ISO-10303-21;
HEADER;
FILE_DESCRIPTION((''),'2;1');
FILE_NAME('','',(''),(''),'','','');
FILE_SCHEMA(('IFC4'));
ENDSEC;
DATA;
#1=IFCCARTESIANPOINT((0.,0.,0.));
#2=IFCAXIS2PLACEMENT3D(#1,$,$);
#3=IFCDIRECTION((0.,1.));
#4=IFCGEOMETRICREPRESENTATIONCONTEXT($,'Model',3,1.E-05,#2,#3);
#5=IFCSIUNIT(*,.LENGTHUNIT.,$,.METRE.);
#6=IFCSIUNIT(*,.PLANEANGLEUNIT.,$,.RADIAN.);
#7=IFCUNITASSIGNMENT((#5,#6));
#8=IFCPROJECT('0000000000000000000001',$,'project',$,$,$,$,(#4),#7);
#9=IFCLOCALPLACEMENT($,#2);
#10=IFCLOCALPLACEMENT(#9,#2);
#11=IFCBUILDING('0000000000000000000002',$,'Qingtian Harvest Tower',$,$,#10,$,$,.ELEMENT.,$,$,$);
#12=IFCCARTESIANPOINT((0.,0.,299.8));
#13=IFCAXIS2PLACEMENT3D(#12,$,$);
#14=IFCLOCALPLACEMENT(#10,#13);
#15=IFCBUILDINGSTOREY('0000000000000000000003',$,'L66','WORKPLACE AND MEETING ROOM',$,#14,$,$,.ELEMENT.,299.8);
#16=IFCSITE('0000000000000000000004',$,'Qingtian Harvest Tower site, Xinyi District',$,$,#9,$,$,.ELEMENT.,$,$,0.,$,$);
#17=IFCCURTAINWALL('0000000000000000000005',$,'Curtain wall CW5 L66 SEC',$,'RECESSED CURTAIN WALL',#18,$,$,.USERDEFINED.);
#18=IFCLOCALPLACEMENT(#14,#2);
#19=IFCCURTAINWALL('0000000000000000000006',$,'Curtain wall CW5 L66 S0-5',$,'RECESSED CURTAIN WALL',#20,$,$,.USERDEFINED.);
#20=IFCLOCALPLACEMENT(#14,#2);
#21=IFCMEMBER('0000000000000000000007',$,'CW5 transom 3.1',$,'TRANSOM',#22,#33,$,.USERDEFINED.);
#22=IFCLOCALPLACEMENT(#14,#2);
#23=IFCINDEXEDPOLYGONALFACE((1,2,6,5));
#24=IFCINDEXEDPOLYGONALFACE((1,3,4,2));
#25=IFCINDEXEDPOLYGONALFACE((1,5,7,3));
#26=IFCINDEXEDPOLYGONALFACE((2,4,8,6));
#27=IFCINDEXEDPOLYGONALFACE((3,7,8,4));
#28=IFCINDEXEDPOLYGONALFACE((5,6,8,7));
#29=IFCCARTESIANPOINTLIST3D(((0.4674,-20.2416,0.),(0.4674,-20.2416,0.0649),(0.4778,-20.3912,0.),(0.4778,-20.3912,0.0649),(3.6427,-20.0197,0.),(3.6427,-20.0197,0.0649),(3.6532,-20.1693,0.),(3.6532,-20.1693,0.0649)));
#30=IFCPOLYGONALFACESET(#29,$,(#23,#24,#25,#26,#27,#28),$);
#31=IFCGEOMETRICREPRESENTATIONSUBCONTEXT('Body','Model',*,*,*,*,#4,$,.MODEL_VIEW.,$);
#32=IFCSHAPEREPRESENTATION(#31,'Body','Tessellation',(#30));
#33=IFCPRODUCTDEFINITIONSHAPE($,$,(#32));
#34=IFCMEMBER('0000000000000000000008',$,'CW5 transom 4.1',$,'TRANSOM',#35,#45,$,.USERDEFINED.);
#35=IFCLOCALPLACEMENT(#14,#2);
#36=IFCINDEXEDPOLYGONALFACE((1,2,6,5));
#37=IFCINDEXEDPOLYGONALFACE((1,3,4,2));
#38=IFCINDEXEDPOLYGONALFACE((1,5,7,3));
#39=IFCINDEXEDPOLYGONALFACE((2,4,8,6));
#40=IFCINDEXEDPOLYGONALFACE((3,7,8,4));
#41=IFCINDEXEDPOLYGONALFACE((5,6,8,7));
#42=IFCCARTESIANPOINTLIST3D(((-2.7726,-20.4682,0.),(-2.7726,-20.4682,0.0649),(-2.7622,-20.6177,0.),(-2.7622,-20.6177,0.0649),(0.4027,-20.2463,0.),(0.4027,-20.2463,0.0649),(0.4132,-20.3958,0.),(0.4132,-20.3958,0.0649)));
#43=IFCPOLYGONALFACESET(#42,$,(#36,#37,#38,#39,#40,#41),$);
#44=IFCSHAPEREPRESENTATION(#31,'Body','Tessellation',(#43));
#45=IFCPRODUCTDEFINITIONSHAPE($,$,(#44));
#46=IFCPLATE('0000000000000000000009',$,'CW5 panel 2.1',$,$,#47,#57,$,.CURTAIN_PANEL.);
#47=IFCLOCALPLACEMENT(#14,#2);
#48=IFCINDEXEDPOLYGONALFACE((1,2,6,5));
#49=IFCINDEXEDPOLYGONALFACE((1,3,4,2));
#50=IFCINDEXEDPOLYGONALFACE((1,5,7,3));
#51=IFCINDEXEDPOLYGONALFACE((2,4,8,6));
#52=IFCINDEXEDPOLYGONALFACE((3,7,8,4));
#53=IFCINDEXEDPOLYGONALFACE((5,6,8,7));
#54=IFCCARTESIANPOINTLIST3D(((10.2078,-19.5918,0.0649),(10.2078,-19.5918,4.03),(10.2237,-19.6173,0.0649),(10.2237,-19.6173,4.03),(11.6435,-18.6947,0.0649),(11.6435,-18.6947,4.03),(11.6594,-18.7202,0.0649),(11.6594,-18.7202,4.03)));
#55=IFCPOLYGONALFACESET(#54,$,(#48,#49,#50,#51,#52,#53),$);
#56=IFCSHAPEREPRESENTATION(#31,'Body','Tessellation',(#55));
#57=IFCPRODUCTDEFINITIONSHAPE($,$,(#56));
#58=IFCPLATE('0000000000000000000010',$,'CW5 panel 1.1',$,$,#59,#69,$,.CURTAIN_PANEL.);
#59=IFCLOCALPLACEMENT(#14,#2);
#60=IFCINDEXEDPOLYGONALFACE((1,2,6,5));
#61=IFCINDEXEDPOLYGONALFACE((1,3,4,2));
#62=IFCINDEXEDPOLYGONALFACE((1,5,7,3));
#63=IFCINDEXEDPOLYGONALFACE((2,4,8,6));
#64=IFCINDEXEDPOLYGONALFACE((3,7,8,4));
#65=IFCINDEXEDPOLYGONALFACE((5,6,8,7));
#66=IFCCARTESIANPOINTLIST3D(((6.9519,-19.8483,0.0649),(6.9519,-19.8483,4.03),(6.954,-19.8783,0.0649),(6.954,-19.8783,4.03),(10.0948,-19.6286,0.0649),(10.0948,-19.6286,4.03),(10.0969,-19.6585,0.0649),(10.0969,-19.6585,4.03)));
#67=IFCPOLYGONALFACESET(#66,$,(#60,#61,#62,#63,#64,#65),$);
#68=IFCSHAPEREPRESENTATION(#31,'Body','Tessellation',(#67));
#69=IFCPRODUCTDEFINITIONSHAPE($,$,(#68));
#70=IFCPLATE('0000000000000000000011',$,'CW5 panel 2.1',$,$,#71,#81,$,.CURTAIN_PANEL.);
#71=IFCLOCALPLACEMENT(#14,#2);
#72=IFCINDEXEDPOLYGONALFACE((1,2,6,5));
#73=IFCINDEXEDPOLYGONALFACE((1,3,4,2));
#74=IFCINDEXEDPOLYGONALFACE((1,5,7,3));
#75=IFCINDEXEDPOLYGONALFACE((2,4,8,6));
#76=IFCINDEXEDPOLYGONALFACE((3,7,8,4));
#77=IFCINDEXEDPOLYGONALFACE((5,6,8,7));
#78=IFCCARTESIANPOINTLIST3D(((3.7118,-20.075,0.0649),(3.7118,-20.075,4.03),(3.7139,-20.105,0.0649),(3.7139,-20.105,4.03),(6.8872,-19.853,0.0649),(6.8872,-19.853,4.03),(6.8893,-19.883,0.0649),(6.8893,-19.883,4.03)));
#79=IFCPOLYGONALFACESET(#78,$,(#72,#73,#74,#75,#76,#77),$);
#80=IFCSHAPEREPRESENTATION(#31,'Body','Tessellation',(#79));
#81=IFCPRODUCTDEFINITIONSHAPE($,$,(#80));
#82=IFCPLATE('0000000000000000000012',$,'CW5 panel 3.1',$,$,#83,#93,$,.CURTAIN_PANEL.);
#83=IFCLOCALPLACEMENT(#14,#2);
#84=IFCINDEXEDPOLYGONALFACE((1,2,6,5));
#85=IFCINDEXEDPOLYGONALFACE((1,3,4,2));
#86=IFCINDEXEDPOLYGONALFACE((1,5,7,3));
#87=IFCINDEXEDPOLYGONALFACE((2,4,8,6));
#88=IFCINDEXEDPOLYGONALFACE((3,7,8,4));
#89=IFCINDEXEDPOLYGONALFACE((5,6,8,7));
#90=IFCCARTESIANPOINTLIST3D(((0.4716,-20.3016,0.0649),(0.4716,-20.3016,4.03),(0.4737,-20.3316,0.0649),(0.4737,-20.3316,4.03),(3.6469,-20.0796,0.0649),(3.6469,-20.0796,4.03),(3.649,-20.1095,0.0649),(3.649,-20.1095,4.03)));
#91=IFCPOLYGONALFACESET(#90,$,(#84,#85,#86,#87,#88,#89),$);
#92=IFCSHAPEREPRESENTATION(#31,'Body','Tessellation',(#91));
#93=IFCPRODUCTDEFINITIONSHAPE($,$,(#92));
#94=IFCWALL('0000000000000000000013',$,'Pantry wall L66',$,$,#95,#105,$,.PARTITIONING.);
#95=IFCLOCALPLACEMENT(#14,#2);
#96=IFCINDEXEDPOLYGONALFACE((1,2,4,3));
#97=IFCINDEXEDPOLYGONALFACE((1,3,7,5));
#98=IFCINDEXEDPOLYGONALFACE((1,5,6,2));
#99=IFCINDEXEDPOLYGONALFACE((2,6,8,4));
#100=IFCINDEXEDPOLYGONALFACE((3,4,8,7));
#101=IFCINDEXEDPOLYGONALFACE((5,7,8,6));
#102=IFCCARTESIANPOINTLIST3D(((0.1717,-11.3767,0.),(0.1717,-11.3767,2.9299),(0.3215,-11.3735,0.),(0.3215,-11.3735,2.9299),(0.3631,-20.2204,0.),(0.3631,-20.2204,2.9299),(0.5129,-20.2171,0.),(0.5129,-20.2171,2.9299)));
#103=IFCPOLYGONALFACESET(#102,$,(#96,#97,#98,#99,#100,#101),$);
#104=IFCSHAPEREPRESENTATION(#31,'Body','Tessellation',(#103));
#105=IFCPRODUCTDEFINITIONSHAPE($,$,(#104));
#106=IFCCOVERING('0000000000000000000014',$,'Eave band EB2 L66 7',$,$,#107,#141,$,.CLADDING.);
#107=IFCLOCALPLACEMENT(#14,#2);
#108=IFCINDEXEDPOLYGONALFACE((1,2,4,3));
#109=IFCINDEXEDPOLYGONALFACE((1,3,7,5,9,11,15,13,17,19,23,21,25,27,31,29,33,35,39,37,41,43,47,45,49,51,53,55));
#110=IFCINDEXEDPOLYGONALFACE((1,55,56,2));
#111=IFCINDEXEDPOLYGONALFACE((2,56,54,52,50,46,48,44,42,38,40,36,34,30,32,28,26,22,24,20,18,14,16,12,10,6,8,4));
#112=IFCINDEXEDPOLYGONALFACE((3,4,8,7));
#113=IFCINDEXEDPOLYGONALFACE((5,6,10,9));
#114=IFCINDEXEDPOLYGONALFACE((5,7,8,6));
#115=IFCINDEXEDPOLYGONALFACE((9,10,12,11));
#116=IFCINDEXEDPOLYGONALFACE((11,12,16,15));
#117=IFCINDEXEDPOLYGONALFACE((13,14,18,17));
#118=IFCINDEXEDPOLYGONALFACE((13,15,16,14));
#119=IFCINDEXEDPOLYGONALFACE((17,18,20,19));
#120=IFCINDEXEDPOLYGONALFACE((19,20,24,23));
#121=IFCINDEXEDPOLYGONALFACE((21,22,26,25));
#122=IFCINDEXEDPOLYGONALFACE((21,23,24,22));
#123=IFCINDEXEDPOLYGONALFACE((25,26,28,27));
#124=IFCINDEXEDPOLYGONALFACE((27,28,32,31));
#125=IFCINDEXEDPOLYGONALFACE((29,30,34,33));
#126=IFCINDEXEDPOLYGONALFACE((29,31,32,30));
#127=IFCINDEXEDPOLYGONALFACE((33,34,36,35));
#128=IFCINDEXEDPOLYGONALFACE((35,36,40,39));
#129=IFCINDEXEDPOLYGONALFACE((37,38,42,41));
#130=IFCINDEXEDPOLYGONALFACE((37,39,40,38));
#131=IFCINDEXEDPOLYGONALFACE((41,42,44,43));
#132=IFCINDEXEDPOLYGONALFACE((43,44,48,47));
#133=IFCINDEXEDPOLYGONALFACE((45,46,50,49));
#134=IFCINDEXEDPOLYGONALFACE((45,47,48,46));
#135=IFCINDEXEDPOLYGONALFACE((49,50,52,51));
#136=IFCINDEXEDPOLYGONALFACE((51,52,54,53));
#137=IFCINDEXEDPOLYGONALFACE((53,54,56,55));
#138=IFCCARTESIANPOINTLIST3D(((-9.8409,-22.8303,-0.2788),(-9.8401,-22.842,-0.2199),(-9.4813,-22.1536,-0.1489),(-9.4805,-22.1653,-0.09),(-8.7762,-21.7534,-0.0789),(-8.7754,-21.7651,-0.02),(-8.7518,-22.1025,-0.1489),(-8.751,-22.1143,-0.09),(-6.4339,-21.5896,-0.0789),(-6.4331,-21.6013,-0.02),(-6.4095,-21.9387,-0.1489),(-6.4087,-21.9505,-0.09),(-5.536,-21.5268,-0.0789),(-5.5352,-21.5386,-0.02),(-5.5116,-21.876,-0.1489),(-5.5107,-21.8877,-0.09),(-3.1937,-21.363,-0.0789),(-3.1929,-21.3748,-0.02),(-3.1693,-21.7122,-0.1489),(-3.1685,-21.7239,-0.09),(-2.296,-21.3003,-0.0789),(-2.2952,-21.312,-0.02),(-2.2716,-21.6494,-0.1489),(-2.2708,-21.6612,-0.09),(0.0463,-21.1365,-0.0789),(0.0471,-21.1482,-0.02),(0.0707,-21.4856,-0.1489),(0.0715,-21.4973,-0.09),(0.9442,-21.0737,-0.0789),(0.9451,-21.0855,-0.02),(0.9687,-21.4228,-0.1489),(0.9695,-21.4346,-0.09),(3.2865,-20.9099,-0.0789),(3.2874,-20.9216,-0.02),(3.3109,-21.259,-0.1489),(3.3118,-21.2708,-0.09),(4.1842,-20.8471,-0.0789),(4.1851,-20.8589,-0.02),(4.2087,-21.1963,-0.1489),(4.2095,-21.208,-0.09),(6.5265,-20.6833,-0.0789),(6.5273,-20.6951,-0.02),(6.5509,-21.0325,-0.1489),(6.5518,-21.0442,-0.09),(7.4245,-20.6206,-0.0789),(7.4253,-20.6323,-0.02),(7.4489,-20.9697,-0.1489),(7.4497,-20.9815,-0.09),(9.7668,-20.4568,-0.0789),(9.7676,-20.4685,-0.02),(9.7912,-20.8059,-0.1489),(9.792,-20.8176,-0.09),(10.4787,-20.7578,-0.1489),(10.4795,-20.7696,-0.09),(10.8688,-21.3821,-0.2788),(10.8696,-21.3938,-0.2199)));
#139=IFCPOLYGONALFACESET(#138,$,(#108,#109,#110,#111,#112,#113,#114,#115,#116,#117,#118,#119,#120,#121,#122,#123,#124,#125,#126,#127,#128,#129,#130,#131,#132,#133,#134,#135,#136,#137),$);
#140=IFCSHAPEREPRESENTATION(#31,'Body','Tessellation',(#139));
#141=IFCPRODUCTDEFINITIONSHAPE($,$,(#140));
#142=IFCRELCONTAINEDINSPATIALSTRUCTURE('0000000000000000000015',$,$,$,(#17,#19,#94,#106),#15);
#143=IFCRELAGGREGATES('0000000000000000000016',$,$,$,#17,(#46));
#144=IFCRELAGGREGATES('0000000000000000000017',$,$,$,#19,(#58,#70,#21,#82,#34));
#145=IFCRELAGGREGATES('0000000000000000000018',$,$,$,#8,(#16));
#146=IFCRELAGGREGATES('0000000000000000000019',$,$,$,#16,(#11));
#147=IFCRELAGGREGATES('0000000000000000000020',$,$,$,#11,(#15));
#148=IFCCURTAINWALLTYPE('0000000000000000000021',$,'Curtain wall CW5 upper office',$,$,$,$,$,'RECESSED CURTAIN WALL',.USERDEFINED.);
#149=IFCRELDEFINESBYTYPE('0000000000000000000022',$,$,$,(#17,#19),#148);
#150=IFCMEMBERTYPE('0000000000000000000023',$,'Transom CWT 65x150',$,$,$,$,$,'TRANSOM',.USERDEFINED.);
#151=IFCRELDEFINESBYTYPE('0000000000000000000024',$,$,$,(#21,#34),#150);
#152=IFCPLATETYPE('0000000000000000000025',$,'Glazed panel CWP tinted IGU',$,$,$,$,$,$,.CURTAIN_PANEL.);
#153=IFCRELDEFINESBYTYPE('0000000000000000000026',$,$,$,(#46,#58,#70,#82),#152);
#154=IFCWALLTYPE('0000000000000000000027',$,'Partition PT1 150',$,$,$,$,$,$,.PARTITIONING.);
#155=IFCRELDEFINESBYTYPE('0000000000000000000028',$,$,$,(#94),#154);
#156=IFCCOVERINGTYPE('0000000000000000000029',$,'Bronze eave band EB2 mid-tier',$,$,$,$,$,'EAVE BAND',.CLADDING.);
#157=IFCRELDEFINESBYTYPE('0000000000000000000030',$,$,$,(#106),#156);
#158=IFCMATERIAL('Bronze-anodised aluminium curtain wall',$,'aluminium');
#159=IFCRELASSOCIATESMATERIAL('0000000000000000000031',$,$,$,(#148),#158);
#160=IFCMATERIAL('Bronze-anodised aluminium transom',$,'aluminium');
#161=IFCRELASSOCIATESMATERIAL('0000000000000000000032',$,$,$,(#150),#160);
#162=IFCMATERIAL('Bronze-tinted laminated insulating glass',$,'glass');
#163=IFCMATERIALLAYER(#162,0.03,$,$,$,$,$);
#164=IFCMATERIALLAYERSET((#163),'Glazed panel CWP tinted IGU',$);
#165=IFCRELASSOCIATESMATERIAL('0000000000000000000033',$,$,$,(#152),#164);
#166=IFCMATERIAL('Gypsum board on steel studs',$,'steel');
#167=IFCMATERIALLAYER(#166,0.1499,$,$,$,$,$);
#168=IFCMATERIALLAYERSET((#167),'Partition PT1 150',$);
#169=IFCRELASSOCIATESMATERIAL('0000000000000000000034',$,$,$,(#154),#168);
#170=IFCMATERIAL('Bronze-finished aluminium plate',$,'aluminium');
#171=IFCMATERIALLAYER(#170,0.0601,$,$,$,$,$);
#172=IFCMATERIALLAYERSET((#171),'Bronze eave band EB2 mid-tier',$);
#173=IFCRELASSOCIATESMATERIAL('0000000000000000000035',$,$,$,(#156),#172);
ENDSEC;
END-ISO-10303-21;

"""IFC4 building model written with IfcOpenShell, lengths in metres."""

from ifc_helpers import new_model, si_unit, direction, frame, frame_2d, origin, origin_2d, place, context, subcontext, project, spatial, polyline, rectangle, outline, extrude, material, layer, layer_set, material_profile, profile_set, type_object, element, aggregate, save


model = new_model("IFC4")

# Units and contexts
model_context = context("Model", 3, precision=1e-05, world=origin(), true_north=direction((0.0, 1.0)))
body_context = subcontext(model_context, "Body", "Model", "MODEL_VIEW")
ifc_project = project(units=[si_unit("LENGTHUNIT", "METRE"), si_unit("PLANEANGLEUNIT", "RADIAN")], contexts=[model_context])

# Site, building, storey
site_placement = place(None, origin())
site = spatial("IfcSite", under=ifc_project, at=site_placement, Name="Qingtian Harvest Tower site, Xinyi District", CompositionType="ELEMENT", RefElevation=0.0)
building_placement = place(site_placement, origin())
building = spatial("IfcBuilding", under=site, at=building_placement, Name="Qingtian Harvest Tower", CompositionType="ELEMENT")
storey_placement = place(building_placement, frame((0.0, 0.0, 299.8)))
storey = spatial("IfcBuildingStorey", under=building, at=storey_placement, Name="L66", Description="WORKPLACE AND MEETING ROOM", CompositionType="ELEMENT", Elevation=299.8)

# Curtain wall
ifc_material_1 = material(Name="Bronze-anodised aluminium curtain wall", Category="aluminium")
curtain_wall_type = type_object("IfcCurtainWallType", Name="Curtain wall CW5 upper office", ElementType="RECESSED CURTAIN WALL", PredefinedType="USERDEFINED", material=ifc_material_1)
curtain_wall_1_placement = place(storey_placement, origin())
curtain_wall_1 = element("IfcCurtainWall", 1, at=curtain_wall_1_placement, inside=storey, type_object=curtain_wall_type, Name="Curtain wall CW5 L66 SEC", ObjectType="RECESSED CURTAIN WALL", PredefinedType="USERDEFINED")

# Curtain wall
curtain_wall_2_placement = place(storey_placement, origin())
curtain_wall_2 = element("IfcCurtainWall", 2, at=curtain_wall_2_placement, inside=storey, type_object=curtain_wall_type, Name="Curtain wall CW5 L66 S0-5", ObjectType="RECESSED CURTAIN WALL", PredefinedType="USERDEFINED")

# Members
ifc_material_2 = material(Name="Bronze-anodised aluminium transom", Category="aluminium")
ifc_material_profile_1 = material_profile(ifc_material_2, rectangle(XDim=0.1499, YDim=0.0649, at=origin_2d()), Name="AL 65x150")
ifc_profile_set_1 = profile_set([ifc_material_profile_1], Name="Bronze-anodised aluminium transom")
member_type_1 = type_object("IfcMemberType", Name="Transom CWT 65x150", ElementType="TRANSOM", PredefinedType="USERDEFINED", material=ifc_profile_set_1)
member_1_placement = place(storey_placement, frame((3.6479, -20.0945, 0.0325), z_axis=(-0.997567, -0.069721, 0.0), x_axis=(0.069721, -0.997567, 0.0)))
member_1 = element("IfcMember", 3, at=member_1_placement, type_object=member_type_1, Name="CW5 transom 3.1", ObjectType="TRANSOM", PredefinedType="USERDEFINED", context=body_context, shape_type="SweptSolid", body=[
    extrude(rectangle(XDim=0.1499, YDim=0.0649, at=origin_2d()), origin(), (0.0, 0.0, 1.0), 3.1831),
])
member_2_placement = place(storey_placement, frame((0.408, -20.321, 0.0325), z_axis=(-0.997567, -0.069721, 0.0), x_axis=(0.069721, -0.997567, 0.0)))
member_2 = element("IfcMember", 4, at=member_2_placement, type_object=member_type_1, Name="CW5 transom 4.1", ObjectType="TRANSOM", PredefinedType="USERDEFINED", context=body_context, shape_type="SweptSolid", body=[
    extrude(rectangle(XDim=0.1499, YDim=0.0649, at=origin_2d()), origin(), (0.0, 0.0, 1.0), 3.1831),
])

# Plates
ifc_material_3 = material(Name="Bronze-tinted laminated insulating glass", Category="glass")
ifc_layer_1 = layer(ifc_material_3, 0.03)
ifc_layer_set_1 = layer_set([ifc_layer_1], Name="Glazed panel CWP tinted IGU")
plate_type = type_object("IfcPlateType", Name="Glazed panel CWP tinted IGU", PredefinedType="CURTAIN_PANEL", material=ifc_layer_set_1)
plate_1_placement = place(storey_placement, frame((10.9336, -19.156, 0.0649), z_axis=(0.0, 0.0, 1.0), x_axis=(-0.848048, -0.529919, 0.0)))
plate_1 = element("IfcPlate", 5, at=plate_1_placement, type_object=plate_type, Name="CW5 panel 2.1", PredefinedType="CURTAIN_PANEL", context=body_context, shape_type="SweptSolid", body=[
    extrude(rectangle(XDim=1.6929, YDim=0.03, at=origin_2d()), origin(), (0.0, 0.0, 1.0), 3.9651),
])
aggregate(curtain_wall_1, [plate_1])
plate_2_placement = place(storey_placement, frame((8.5244, -19.7534, 0.0649), z_axis=(0.0, 0.0, 1.0), x_axis=(-0.997564, -0.069756, 0.0)))
plate_2 = element("IfcPlate", 6, at=plate_2_placement, type_object=plate_type, Name="CW5 panel 1.1", PredefinedType="CURTAIN_PANEL", context=body_context, shape_type="SweptSolid", body=[
    extrude(rectangle(XDim=3.1506, YDim=0.03, at=origin_2d()), origin(), (0.0, 0.0, 1.0), 3.9651),
])
plate_3_placement = place(storey_placement, frame((5.3005, -19.979, 0.0649), z_axis=(0.0, 0.0, 1.0), x_axis=(-0.997564, -0.069756, 0.0)))
plate_3 = element("IfcPlate", 7, at=plate_3_placement, type_object=plate_type, Name="CW5 panel 2.1", PredefinedType="CURTAIN_PANEL", context=body_context, shape_type="SweptSolid", body=[
    extrude(rectangle(XDim=3.1831, YDim=0.03, at=origin_2d()), origin(), (0.0, 0.0, 1.0), 3.9651),
])
plate_4_placement = place(storey_placement, frame((2.0603, -20.2056, 0.0649), z_axis=(0.0, 0.0, 1.0), x_axis=(-0.997564, -0.069756, 0.0)))
plate_4 = element("IfcPlate", 8, at=plate_4_placement, type_object=plate_type, Name="CW5 panel 3.1", PredefinedType="CURTAIN_PANEL", context=body_context, shape_type="SweptSolid", body=[
    extrude(rectangle(XDim=3.1831, YDim=0.03, at=origin_2d()), origin(), (0.0, 0.0, 1.0), 3.9651),
])
aggregate(curtain_wall_2, [plate_2, plate_3, member_1, plate_4, member_2])

# Wall
ifc_material_4 = material(Name="Gypsum board on steel studs", Category="steel")
ifc_layer_2 = layer(ifc_material_4, 0.1499)
ifc_layer_set_2 = layer_set([ifc_layer_2], Name="Partition PT1 150")
wall_type = type_object("IfcWallType", Name="Partition PT1 150", PredefinedType="PARTITIONING", material=ifc_layer_set_2)
wall_placement = place(storey_placement, frame((0.438, -20.2188, 0.0), z_axis=(0.0, 0.0, 1.0), x_axis=(-0.021638, 0.999766, 0.0)))
element("IfcWall", 9, at=wall_placement, inside=storey, type_object=wall_type, Name="Pantry wall L66", PredefinedType="PARTITIONING", context=body_context, shape_type="SweptSolid", body=[
    extrude(rectangle(XDim=8.8457, YDim=0.1499, at=frame_2d((4.4229, 0.0))), origin(), (0.0, 0.0, 1.0), 2.9299),
])

# Covering
ifc_material_5 = material(Name="Bronze-finished aluminium plate", Category="aluminium")
ifc_layer_3 = layer(ifc_material_5, 0.0601)
ifc_layer_set_3 = layer_set([ifc_layer_3], Name="Bronze eave band EB2 mid-tier")
covering_type = type_object("IfcCoveringType", Name="Bronze eave band EB2 mid-tier", ElementType="EAVE BAND", PredefinedType="CLADDING", material=ifc_layer_set_3)
covering_placement = place(storey_placement, frame((9.7676, -20.4685, -0.02), z_axis=(0.013677, -0.195571, 0.980594), x_axis=(0.068406, -0.978205, -0.196048)))
element("IfcCovering", 10, at=covering_placement, inside=storey, type_object=covering_type, Name="Eave band EB2 L66 7", PredefinedType="CLADDING", context=body_context, shape_type="SweptSolid", body=[
    extrude(outline(polyline([(0.0, 0.0), (0.3569, 0.0), (0.3569, 0.6892), (1.0197, 1.0348), (1.0197, -19.7255), (0.3569, -19.3195), (0.3568, -18.5882), (-0.0001, -18.5882), (-0.0001, -16.2402), (0.3568, -16.2402), (0.3569, -15.3401), (-0.0001, -15.3401), (-0.0001, -12.9921), (0.3568, -12.9921), (0.3569, -12.0922), (0.0, -12.0922), (-0.0001, -9.7442), (0.3569, -9.7442), (0.3569, -8.8441), (0.0, -8.8441), (0.0, -6.496), (0.3569, -6.496), (0.3569, -5.5962), (0.0, -5.5962), (0.0, -3.2481), (0.3569, -3.2481), (0.3569, -2.348), (0.0, -2.348), (0.0, 0.0)])), origin(), (0.0, 0.0, -1.0), 0.0601),
])

save(model, "model.ifc")
